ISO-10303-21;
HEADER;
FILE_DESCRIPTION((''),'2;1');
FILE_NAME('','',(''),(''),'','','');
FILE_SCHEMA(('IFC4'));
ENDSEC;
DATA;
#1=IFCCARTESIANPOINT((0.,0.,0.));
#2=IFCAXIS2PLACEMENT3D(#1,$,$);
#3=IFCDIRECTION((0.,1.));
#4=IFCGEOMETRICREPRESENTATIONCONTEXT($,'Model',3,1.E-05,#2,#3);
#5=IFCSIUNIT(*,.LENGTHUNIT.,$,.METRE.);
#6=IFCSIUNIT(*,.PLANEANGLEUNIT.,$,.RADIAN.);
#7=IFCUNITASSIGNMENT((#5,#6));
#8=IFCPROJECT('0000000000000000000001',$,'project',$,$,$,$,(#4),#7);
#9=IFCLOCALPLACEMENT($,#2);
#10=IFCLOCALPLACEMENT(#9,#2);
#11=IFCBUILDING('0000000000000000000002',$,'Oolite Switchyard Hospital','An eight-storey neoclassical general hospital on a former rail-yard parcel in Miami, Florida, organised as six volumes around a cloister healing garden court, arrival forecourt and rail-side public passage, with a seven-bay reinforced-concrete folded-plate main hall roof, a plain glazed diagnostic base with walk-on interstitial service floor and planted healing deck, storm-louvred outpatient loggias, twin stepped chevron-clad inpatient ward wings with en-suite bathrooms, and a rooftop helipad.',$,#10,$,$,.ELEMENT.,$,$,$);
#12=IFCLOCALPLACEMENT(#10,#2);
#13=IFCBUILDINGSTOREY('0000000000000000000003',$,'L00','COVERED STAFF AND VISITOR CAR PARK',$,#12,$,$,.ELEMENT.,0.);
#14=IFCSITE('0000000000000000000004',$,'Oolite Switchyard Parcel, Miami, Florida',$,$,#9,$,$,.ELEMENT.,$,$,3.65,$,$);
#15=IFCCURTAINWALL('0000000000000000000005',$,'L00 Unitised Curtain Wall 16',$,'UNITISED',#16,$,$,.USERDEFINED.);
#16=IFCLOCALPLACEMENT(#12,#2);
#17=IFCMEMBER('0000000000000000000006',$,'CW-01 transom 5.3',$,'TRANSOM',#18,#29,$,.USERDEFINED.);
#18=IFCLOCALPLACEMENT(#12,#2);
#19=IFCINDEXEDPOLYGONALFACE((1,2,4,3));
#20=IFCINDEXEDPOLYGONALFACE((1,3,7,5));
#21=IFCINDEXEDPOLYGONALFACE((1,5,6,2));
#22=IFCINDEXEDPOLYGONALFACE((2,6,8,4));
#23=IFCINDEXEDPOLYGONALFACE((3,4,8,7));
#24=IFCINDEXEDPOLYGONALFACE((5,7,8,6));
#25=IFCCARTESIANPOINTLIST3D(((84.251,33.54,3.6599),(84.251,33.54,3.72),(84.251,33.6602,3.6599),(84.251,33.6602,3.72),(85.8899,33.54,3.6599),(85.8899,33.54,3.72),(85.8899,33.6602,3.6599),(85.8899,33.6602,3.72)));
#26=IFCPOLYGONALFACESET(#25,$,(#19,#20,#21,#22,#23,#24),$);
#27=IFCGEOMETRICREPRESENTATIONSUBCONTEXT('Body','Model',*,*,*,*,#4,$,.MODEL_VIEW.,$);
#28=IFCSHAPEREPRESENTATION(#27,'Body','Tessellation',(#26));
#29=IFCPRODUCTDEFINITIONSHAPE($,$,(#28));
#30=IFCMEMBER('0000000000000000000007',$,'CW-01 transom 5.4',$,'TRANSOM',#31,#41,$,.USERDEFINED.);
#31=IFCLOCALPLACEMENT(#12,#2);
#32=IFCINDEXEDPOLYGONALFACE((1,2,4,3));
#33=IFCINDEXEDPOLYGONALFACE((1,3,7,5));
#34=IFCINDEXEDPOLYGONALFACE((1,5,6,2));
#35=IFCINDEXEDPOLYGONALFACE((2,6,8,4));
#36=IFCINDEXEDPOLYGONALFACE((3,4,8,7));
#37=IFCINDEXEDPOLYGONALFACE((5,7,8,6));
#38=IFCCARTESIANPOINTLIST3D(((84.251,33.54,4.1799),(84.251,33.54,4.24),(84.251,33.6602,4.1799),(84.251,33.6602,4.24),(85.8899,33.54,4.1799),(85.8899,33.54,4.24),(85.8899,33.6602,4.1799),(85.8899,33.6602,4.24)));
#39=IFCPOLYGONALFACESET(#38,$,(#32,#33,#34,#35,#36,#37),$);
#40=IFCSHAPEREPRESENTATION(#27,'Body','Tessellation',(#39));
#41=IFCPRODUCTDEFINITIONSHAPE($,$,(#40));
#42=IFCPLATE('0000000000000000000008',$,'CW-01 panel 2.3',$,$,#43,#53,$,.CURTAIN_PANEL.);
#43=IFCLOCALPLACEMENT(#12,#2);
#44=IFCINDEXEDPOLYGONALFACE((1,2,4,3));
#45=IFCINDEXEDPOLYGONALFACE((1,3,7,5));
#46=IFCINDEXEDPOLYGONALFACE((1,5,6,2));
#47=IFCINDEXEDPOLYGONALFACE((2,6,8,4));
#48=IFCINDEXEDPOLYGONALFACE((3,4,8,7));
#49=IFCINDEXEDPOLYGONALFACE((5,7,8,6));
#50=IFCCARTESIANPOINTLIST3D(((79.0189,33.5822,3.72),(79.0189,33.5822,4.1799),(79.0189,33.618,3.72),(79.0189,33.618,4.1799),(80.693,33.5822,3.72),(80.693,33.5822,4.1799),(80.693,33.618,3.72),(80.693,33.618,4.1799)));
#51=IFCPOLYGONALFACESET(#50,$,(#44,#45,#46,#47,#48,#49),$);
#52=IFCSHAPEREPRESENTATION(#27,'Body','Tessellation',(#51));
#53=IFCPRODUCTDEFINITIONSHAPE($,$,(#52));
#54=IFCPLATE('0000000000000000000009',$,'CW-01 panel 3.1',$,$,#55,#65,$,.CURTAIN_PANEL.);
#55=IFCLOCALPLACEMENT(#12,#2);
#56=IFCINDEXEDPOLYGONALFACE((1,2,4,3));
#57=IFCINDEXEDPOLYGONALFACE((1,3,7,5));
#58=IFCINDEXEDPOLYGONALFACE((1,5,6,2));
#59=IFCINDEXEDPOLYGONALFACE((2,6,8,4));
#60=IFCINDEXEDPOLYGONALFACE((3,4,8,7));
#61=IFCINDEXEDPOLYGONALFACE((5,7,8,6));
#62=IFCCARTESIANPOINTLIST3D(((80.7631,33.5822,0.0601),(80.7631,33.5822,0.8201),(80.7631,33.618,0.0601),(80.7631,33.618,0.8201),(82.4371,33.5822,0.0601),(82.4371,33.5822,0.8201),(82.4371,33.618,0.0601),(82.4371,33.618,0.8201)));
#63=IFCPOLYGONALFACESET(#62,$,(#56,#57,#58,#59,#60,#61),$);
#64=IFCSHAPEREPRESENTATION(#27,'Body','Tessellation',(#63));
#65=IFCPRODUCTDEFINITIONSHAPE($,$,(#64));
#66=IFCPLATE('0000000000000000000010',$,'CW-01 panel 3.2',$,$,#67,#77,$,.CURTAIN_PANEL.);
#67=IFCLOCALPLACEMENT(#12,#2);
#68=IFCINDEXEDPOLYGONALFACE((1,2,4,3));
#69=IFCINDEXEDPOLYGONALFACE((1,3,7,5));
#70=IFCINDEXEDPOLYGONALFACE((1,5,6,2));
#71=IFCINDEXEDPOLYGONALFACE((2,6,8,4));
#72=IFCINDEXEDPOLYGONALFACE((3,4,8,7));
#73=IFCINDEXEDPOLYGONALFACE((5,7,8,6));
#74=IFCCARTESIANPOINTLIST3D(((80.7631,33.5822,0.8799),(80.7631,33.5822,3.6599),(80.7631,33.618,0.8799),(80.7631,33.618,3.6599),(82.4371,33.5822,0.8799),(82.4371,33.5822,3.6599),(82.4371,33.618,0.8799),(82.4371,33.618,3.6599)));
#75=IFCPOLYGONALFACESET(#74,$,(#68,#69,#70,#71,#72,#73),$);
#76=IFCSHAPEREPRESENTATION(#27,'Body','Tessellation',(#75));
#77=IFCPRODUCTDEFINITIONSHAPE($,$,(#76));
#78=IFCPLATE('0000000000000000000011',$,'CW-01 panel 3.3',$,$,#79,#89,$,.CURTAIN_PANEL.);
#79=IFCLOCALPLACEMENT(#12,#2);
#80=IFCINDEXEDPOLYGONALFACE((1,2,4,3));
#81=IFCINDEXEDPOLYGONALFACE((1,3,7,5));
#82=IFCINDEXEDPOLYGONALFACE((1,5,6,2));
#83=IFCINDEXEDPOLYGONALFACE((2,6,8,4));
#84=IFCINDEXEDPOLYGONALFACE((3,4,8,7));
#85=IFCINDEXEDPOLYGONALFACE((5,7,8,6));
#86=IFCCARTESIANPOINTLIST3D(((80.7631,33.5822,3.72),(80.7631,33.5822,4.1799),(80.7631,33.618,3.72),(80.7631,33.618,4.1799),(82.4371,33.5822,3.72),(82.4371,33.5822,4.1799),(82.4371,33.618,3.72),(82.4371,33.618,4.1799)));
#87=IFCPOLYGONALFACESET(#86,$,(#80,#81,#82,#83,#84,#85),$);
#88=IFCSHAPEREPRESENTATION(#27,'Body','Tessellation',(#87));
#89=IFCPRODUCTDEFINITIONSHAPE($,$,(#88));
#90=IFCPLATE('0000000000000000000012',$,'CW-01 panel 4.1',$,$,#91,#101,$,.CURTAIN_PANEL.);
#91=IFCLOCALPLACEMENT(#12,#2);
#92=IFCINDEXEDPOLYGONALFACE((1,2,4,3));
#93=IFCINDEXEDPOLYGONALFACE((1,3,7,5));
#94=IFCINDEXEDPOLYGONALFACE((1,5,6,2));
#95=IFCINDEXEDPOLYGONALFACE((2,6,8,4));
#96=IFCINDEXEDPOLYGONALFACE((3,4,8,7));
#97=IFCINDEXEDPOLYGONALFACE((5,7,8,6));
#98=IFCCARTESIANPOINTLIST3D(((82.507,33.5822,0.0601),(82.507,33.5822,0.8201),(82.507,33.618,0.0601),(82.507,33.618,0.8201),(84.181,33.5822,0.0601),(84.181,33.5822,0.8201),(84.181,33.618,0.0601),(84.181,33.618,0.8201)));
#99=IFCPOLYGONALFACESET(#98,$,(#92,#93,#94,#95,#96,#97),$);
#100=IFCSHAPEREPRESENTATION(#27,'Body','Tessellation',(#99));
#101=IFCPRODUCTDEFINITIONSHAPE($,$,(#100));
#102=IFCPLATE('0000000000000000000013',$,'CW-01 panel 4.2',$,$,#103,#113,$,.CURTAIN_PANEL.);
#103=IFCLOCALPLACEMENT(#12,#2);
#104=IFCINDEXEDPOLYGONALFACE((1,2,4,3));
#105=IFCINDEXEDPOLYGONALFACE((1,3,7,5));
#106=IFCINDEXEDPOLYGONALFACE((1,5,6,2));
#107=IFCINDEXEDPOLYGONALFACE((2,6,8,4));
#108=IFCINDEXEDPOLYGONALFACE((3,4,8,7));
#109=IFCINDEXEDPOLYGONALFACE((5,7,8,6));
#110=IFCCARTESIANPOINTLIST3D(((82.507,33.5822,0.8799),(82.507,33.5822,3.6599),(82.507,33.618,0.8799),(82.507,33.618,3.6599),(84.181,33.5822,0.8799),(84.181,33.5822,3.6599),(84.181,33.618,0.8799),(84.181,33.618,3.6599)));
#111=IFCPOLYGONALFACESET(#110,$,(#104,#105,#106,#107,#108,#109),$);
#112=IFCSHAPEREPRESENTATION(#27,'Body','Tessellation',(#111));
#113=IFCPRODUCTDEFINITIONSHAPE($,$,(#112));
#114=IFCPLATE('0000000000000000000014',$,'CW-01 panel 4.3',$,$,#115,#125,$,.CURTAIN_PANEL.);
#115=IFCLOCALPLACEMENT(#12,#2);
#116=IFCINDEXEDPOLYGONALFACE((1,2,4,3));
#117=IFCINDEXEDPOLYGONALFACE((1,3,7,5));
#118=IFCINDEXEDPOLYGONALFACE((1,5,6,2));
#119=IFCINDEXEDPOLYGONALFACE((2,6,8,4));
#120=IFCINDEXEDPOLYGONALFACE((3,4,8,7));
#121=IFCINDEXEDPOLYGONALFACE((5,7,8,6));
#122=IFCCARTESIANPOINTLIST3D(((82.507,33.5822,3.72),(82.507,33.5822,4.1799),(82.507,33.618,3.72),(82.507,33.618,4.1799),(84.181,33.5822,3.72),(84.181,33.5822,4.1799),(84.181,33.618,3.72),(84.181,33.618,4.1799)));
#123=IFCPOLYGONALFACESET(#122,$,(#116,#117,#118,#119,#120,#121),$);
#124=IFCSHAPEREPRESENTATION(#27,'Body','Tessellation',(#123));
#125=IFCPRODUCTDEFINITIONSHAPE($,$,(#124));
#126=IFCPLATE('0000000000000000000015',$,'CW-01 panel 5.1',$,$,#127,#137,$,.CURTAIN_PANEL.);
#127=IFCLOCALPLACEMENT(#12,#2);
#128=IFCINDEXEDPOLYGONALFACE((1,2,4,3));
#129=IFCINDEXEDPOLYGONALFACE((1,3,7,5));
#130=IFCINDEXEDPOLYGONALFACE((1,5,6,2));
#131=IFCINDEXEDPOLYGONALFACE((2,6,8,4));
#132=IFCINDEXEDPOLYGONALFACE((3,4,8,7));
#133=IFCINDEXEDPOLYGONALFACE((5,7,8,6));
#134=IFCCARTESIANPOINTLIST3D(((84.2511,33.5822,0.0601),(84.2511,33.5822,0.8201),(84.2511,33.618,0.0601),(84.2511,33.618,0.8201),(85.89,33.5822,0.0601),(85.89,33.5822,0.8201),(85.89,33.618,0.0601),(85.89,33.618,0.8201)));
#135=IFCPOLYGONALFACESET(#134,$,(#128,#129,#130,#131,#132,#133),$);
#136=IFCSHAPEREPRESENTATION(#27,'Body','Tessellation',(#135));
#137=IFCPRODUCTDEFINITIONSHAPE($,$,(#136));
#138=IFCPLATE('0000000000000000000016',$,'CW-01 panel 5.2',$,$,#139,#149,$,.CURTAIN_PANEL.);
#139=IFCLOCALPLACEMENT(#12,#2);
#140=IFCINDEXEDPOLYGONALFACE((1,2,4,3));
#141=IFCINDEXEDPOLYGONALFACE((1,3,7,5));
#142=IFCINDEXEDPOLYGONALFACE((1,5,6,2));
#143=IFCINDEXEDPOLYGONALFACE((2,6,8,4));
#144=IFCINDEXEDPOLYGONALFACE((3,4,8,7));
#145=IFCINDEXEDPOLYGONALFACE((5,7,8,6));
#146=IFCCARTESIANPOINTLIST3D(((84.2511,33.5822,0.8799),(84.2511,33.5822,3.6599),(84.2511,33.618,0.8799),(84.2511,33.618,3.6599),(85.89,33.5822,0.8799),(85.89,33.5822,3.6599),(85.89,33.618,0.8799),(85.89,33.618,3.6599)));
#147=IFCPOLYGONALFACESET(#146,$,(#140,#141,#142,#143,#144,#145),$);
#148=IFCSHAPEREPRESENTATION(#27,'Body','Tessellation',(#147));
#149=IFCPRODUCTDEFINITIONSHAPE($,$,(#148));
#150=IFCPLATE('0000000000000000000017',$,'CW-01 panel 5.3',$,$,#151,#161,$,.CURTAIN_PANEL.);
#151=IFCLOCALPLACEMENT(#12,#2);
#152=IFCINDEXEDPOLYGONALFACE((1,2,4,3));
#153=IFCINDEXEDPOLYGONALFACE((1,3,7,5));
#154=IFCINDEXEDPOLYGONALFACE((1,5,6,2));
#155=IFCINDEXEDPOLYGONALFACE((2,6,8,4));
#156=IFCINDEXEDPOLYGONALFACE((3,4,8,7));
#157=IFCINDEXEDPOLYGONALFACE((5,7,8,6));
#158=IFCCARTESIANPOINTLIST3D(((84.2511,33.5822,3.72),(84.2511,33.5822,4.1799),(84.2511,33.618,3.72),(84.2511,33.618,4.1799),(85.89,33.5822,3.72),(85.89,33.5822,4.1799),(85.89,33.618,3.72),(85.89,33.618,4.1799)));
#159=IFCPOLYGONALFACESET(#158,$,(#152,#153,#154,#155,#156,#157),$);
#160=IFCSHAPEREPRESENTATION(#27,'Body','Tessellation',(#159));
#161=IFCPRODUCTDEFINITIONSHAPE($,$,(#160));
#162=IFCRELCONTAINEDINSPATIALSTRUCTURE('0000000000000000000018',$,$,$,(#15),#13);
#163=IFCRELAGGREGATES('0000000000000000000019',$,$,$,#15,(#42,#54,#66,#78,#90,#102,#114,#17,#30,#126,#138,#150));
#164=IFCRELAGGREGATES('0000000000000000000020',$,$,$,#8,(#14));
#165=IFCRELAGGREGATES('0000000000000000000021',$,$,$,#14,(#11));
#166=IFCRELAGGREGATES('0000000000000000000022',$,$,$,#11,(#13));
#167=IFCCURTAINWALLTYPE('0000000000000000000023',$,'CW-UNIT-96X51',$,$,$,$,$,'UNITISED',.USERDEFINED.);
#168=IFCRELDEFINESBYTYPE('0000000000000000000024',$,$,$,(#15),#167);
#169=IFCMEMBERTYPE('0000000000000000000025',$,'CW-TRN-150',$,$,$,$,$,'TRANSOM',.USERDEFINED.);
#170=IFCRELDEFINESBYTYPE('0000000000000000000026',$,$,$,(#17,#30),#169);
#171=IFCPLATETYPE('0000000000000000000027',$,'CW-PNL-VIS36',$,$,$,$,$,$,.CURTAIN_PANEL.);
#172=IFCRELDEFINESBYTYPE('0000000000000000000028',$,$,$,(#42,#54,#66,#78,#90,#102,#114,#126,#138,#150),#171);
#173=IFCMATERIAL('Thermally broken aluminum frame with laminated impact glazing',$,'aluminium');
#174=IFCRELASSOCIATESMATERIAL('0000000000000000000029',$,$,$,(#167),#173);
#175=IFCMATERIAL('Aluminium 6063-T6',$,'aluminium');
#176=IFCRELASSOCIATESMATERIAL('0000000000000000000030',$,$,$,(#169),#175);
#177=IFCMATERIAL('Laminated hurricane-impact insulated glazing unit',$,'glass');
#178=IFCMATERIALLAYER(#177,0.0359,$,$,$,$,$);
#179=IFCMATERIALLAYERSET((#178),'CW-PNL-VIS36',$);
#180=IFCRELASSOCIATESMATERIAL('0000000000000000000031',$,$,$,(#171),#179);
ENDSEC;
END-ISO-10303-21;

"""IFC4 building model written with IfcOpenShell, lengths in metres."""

from ifc_helpers import new_model, si_unit, direction, frame, origin, origin_2d, place, context, subcontext, project, spatial, rectangle, extrude, material, layer, layer_set, material_profile, profile_set, type_object, element, aggregate, save


model = new_model("IFC4")

# Units and contexts
model_context = context("Model", 3, precision=1e-05, world=origin(), true_north=direction((0.0, 1.0)))
body_context = subcontext(model_context, "Body", "Model", "MODEL_VIEW")
ifc_project = project(units=[si_unit("LENGTHUNIT", "METRE"), si_unit("PLANEANGLEUNIT", "RADIAN")], contexts=[model_context])

# Site, building, storey
site_placement = place(None, origin())
site = spatial("IfcSite", under=ifc_project, at=site_placement, Name="Oolite Switchyard Parcel, Miami, Florida", CompositionType="ELEMENT", RefElevation=3.65)
building_placement = place(site_placement, origin())
building = spatial("IfcBuilding", under=site, at=building_placement, Name="Oolite Switchyard Hospital", Description="An eight-storey neoclassical general hospital on a former rail-yard parcel in Miami, Florida, organised as six volumes around a cloister healing garden court, arrival forecourt and rail-side public passage, with a seven-bay reinforced-concrete folded-plate main hall roof, a plain glazed diagnostic base with walk-on interstitial service floor and planted healing deck, storm-louvred outpatient loggias, twin stepped chevron-clad inpatient ward wings with en-suite bathrooms, and a rooftop helipad.", CompositionType="ELEMENT")
storey_placement = place(building_placement, origin())
storey = spatial("IfcBuildingStorey", under=building, at=storey_placement, Name="L00", Description="COVERED STAFF AND VISITOR CAR PARK", CompositionType="ELEMENT", Elevation=0.0)

# Curtain wall, members, plates
ifc_material_1 = material(Name="Thermally broken aluminum frame with laminated impact glazing", Category="aluminium")
curtain_wall_type = type_object("IfcCurtainWallType", Name="CW-UNIT-96X51", ElementType="UNITISED", PredefinedType="USERDEFINED", material=ifc_material_1)
curtain_wall_placement = place(storey_placement, origin())
curtain_wall = element("IfcCurtainWall", 1, at=curtain_wall_placement, inside=storey, type_object=curtain_wall_type, Name="L00 Unitised Curtain Wall 16", ObjectType="UNITISED", PredefinedType="USERDEFINED")
ifc_material_2 = material(Name="Aluminium 6063-T6", Category="aluminium")
ifc_material_profile_1 = material_profile(ifc_material_2, rectangle(XDim=0.1201, YDim=0.0601, at=origin_2d()), Name="CWT60X120")
ifc_profile_set_1 = profile_set([ifc_material_profile_1], Name="Aluminium 6063-T6")
member_type_1 = type_object("IfcMemberType", Name="CW-TRN-150", ElementType="TRANSOM", PredefinedType="USERDEFINED", material=ifc_profile_set_1)
member_1_placement = place(storey_placement, frame((84.251, 33.6001, 3.6899), z_axis=(1.0, 0.0, 0.0), x_axis=(0.0, 1.0, 0.0)))
member_1 = element("IfcMember", 2, at=member_1_placement, type_object=member_type_1, Name="CW-01 transom 5.3", ObjectType="TRANSOM", PredefinedType="USERDEFINED", context=body_context, shape_type="SweptSolid", body=[
    extrude(rectangle(XDim=0.1201, YDim=0.0601, at=origin_2d()), origin(), (0.0, 0.0, 1.0), 1.6389),
])
member_2_placement = place(storey_placement, frame((84.251, 33.6001, 4.21), z_axis=(1.0, 0.0, 0.0), x_axis=(0.0, 1.0, 0.0)))
member_2 = element("IfcMember", 3, at=member_2_placement, type_object=member_type_1, Name="CW-01 transom 5.4", ObjectType="TRANSOM", PredefinedType="USERDEFINED", context=body_context, shape_type="SweptSolid", body=[
    extrude(rectangle(XDim=0.1201, YDim=0.0601, at=origin_2d()), origin(), (0.0, 0.0, 1.0), 1.6389),
])
ifc_material_3 = material(Name="Laminated hurricane-impact insulated glazing unit", Category="glass")
ifc_layer = layer(ifc_material_3, 0.0359)
ifc_layer_set = layer_set([ifc_layer], Name="CW-PNL-VIS36")
plate_type = type_object("IfcPlateType", Name="CW-PNL-VIS36", PredefinedType="CURTAIN_PANEL", material=ifc_layer_set)
plate_1_placement = place(storey_placement, frame((79.856, 33.6001, 3.72), z_axis=(0.0, 0.0, 1.0), x_axis=(1.0, 0.0, 0.0)))
plate_1 = element("IfcPlate", 4, at=plate_1_placement, type_object=plate_type, Name="CW-01 panel 2.3", PredefinedType="CURTAIN_PANEL", context=body_context, shape_type="SweptSolid", body=[
    extrude(rectangle(XDim=1.6741, YDim=0.0359, at=origin_2d()), origin(), (0.0, 0.0, 1.0), 0.46),
])
plate_2_placement = place(storey_placement, frame((81.6001, 33.6001, 0.0601), z_axis=(0.0, 0.0, 1.0), x_axis=(1.0, 0.0, 0.0)))
plate_2 = element("IfcPlate", 5, at=plate_2_placement, type_object=plate_type, Name="CW-01 panel 3.1", PredefinedType="CURTAIN_PANEL", context=body_context, shape_type="SweptSolid", body=[
    extrude(rectangle(XDim=1.6741, YDim=0.0359, at=origin_2d()), origin(), (0.0, 0.0, 1.0), 0.76),
])
plate_3_placement = place(storey_placement, frame((81.6001, 33.6001, 0.8799), z_axis=(0.0, 0.0, 1.0), x_axis=(1.0, 0.0, 0.0)))
plate_3 = element("IfcPlate", 6, at=plate_3_placement, type_object=plate_type, Name="CW-01 panel 3.2", PredefinedType="CURTAIN_PANEL", context=body_context, shape_type="SweptSolid", body=[
    extrude(rectangle(XDim=1.6741, YDim=0.0359, at=origin_2d()), origin(), (0.0, 0.0, 1.0), 2.78),
])
plate_4_placement = place(storey_placement, frame((81.6001, 33.6001, 3.72), z_axis=(0.0, 0.0, 1.0), x_axis=(1.0, 0.0, 0.0)))
plate_4 = element("IfcPlate", 7, at=plate_4_placement, type_object=plate_type, Name="CW-01 panel 3.3", PredefinedType="CURTAIN_PANEL", context=body_context, shape_type="SweptSolid", body=[
    extrude(rectangle(XDim=1.6741, YDim=0.0359, at=origin_2d()), origin(), (0.0, 0.0, 1.0), 0.46),
])
plate_5_placement = place(storey_placement, frame((83.344, 33.6001, 0.0601), z_axis=(0.0, 0.0, 1.0), x_axis=(1.0, 0.0, 0.0)))
plate_5 = element("IfcPlate", 8, at=plate_5_placement, type_object=plate_type, Name="CW-01 panel 4.1", PredefinedType="CURTAIN_PANEL", context=body_context, shape_type="SweptSolid", body=[
    extrude(rectangle(XDim=1.6741, YDim=0.0359, at=origin_2d()), origin(), (0.0, 0.0, 1.0), 0.76),
])
plate_6_placement = place(storey_placement, frame((83.344, 33.6001, 0.8799), z_axis=(0.0, 0.0, 1.0), x_axis=(1.0, 0.0, 0.0)))
plate_6 = element("IfcPlate", 9, at=plate_6_placement, type_object=plate_type, Name="CW-01 panel 4.2", PredefinedType="CURTAIN_PANEL", context=body_context, shape_type="SweptSolid", body=[
    extrude(rectangle(XDim=1.6741, YDim=0.0359, at=origin_2d()), origin(), (0.0, 0.0, 1.0), 2.78),
])
plate_7_placement = place(storey_placement, frame((83.344, 33.6001, 3.72), z_axis=(0.0, 0.0, 1.0), x_axis=(1.0, 0.0, 0.0)))
plate_7 = element("IfcPlate", 10, at=plate_7_placement, type_object=plate_type, Name="CW-01 panel 4.3", PredefinedType="CURTAIN_PANEL", context=body_context, shape_type="SweptSolid", body=[
    extrude(rectangle(XDim=1.6741, YDim=0.0359, at=origin_2d()), origin(), (0.0, 0.0, 1.0), 0.46),
])
plate_8_placement = place(storey_placement, frame((85.0706, 33.6001, 0.0601), z_axis=(0.0, 0.0, 1.0), x_axis=(1.0, 0.0, 0.0)))
plate_8 = element("IfcPlate", 11, at=plate_8_placement, type_object=plate_type, Name="CW-01 panel 5.1", PredefinedType="CURTAIN_PANEL", context=body_context, shape_type="SweptSolid", body=[
    extrude(rectangle(XDim=1.6389, YDim=0.0359, at=origin_2d()), origin(), (0.0, 0.0, 1.0), 0.76),
])
plate_9_placement = place(storey_placement, frame((85.0706, 33.6001, 0.8799), z_axis=(0.0, 0.0, 1.0), x_axis=(1.0, 0.0, 0.0)))
plate_9 = element("IfcPlate", 12, at=plate_9_placement, type_object=plate_type, Name="CW-01 panel 5.2", PredefinedType="CURTAIN_PANEL", context=body_context, shape_type="SweptSolid", body=[
    extrude(rectangle(XDim=1.6389, YDim=0.0359, at=origin_2d()), origin(), (0.0, 0.0, 1.0), 2.78),
])
plate_10_placement = place(storey_placement, frame((85.0706, 33.6001, 3.72), z_axis=(0.0, 0.0, 1.0), x_axis=(1.0, 0.0, 0.0)))
plate_10 = element("IfcPlate", 13, at=plate_10_placement, type_object=plate_type, Name="CW-01 panel 5.3", PredefinedType="CURTAIN_PANEL", context=body_context, shape_type="SweptSolid", body=[
    extrude(rectangle(XDim=1.6389, YDim=0.0359, at=origin_2d()), origin(), (0.0, 0.0, 1.0), 0.46),
])
aggregate(curtain_wall, [plate_1, plate_2, plate_3, plate_4, plate_5, plate_6, plate_7, member_1, member_2, plate_8, plate_9, plate_10])

save(model, "model.ifc")
